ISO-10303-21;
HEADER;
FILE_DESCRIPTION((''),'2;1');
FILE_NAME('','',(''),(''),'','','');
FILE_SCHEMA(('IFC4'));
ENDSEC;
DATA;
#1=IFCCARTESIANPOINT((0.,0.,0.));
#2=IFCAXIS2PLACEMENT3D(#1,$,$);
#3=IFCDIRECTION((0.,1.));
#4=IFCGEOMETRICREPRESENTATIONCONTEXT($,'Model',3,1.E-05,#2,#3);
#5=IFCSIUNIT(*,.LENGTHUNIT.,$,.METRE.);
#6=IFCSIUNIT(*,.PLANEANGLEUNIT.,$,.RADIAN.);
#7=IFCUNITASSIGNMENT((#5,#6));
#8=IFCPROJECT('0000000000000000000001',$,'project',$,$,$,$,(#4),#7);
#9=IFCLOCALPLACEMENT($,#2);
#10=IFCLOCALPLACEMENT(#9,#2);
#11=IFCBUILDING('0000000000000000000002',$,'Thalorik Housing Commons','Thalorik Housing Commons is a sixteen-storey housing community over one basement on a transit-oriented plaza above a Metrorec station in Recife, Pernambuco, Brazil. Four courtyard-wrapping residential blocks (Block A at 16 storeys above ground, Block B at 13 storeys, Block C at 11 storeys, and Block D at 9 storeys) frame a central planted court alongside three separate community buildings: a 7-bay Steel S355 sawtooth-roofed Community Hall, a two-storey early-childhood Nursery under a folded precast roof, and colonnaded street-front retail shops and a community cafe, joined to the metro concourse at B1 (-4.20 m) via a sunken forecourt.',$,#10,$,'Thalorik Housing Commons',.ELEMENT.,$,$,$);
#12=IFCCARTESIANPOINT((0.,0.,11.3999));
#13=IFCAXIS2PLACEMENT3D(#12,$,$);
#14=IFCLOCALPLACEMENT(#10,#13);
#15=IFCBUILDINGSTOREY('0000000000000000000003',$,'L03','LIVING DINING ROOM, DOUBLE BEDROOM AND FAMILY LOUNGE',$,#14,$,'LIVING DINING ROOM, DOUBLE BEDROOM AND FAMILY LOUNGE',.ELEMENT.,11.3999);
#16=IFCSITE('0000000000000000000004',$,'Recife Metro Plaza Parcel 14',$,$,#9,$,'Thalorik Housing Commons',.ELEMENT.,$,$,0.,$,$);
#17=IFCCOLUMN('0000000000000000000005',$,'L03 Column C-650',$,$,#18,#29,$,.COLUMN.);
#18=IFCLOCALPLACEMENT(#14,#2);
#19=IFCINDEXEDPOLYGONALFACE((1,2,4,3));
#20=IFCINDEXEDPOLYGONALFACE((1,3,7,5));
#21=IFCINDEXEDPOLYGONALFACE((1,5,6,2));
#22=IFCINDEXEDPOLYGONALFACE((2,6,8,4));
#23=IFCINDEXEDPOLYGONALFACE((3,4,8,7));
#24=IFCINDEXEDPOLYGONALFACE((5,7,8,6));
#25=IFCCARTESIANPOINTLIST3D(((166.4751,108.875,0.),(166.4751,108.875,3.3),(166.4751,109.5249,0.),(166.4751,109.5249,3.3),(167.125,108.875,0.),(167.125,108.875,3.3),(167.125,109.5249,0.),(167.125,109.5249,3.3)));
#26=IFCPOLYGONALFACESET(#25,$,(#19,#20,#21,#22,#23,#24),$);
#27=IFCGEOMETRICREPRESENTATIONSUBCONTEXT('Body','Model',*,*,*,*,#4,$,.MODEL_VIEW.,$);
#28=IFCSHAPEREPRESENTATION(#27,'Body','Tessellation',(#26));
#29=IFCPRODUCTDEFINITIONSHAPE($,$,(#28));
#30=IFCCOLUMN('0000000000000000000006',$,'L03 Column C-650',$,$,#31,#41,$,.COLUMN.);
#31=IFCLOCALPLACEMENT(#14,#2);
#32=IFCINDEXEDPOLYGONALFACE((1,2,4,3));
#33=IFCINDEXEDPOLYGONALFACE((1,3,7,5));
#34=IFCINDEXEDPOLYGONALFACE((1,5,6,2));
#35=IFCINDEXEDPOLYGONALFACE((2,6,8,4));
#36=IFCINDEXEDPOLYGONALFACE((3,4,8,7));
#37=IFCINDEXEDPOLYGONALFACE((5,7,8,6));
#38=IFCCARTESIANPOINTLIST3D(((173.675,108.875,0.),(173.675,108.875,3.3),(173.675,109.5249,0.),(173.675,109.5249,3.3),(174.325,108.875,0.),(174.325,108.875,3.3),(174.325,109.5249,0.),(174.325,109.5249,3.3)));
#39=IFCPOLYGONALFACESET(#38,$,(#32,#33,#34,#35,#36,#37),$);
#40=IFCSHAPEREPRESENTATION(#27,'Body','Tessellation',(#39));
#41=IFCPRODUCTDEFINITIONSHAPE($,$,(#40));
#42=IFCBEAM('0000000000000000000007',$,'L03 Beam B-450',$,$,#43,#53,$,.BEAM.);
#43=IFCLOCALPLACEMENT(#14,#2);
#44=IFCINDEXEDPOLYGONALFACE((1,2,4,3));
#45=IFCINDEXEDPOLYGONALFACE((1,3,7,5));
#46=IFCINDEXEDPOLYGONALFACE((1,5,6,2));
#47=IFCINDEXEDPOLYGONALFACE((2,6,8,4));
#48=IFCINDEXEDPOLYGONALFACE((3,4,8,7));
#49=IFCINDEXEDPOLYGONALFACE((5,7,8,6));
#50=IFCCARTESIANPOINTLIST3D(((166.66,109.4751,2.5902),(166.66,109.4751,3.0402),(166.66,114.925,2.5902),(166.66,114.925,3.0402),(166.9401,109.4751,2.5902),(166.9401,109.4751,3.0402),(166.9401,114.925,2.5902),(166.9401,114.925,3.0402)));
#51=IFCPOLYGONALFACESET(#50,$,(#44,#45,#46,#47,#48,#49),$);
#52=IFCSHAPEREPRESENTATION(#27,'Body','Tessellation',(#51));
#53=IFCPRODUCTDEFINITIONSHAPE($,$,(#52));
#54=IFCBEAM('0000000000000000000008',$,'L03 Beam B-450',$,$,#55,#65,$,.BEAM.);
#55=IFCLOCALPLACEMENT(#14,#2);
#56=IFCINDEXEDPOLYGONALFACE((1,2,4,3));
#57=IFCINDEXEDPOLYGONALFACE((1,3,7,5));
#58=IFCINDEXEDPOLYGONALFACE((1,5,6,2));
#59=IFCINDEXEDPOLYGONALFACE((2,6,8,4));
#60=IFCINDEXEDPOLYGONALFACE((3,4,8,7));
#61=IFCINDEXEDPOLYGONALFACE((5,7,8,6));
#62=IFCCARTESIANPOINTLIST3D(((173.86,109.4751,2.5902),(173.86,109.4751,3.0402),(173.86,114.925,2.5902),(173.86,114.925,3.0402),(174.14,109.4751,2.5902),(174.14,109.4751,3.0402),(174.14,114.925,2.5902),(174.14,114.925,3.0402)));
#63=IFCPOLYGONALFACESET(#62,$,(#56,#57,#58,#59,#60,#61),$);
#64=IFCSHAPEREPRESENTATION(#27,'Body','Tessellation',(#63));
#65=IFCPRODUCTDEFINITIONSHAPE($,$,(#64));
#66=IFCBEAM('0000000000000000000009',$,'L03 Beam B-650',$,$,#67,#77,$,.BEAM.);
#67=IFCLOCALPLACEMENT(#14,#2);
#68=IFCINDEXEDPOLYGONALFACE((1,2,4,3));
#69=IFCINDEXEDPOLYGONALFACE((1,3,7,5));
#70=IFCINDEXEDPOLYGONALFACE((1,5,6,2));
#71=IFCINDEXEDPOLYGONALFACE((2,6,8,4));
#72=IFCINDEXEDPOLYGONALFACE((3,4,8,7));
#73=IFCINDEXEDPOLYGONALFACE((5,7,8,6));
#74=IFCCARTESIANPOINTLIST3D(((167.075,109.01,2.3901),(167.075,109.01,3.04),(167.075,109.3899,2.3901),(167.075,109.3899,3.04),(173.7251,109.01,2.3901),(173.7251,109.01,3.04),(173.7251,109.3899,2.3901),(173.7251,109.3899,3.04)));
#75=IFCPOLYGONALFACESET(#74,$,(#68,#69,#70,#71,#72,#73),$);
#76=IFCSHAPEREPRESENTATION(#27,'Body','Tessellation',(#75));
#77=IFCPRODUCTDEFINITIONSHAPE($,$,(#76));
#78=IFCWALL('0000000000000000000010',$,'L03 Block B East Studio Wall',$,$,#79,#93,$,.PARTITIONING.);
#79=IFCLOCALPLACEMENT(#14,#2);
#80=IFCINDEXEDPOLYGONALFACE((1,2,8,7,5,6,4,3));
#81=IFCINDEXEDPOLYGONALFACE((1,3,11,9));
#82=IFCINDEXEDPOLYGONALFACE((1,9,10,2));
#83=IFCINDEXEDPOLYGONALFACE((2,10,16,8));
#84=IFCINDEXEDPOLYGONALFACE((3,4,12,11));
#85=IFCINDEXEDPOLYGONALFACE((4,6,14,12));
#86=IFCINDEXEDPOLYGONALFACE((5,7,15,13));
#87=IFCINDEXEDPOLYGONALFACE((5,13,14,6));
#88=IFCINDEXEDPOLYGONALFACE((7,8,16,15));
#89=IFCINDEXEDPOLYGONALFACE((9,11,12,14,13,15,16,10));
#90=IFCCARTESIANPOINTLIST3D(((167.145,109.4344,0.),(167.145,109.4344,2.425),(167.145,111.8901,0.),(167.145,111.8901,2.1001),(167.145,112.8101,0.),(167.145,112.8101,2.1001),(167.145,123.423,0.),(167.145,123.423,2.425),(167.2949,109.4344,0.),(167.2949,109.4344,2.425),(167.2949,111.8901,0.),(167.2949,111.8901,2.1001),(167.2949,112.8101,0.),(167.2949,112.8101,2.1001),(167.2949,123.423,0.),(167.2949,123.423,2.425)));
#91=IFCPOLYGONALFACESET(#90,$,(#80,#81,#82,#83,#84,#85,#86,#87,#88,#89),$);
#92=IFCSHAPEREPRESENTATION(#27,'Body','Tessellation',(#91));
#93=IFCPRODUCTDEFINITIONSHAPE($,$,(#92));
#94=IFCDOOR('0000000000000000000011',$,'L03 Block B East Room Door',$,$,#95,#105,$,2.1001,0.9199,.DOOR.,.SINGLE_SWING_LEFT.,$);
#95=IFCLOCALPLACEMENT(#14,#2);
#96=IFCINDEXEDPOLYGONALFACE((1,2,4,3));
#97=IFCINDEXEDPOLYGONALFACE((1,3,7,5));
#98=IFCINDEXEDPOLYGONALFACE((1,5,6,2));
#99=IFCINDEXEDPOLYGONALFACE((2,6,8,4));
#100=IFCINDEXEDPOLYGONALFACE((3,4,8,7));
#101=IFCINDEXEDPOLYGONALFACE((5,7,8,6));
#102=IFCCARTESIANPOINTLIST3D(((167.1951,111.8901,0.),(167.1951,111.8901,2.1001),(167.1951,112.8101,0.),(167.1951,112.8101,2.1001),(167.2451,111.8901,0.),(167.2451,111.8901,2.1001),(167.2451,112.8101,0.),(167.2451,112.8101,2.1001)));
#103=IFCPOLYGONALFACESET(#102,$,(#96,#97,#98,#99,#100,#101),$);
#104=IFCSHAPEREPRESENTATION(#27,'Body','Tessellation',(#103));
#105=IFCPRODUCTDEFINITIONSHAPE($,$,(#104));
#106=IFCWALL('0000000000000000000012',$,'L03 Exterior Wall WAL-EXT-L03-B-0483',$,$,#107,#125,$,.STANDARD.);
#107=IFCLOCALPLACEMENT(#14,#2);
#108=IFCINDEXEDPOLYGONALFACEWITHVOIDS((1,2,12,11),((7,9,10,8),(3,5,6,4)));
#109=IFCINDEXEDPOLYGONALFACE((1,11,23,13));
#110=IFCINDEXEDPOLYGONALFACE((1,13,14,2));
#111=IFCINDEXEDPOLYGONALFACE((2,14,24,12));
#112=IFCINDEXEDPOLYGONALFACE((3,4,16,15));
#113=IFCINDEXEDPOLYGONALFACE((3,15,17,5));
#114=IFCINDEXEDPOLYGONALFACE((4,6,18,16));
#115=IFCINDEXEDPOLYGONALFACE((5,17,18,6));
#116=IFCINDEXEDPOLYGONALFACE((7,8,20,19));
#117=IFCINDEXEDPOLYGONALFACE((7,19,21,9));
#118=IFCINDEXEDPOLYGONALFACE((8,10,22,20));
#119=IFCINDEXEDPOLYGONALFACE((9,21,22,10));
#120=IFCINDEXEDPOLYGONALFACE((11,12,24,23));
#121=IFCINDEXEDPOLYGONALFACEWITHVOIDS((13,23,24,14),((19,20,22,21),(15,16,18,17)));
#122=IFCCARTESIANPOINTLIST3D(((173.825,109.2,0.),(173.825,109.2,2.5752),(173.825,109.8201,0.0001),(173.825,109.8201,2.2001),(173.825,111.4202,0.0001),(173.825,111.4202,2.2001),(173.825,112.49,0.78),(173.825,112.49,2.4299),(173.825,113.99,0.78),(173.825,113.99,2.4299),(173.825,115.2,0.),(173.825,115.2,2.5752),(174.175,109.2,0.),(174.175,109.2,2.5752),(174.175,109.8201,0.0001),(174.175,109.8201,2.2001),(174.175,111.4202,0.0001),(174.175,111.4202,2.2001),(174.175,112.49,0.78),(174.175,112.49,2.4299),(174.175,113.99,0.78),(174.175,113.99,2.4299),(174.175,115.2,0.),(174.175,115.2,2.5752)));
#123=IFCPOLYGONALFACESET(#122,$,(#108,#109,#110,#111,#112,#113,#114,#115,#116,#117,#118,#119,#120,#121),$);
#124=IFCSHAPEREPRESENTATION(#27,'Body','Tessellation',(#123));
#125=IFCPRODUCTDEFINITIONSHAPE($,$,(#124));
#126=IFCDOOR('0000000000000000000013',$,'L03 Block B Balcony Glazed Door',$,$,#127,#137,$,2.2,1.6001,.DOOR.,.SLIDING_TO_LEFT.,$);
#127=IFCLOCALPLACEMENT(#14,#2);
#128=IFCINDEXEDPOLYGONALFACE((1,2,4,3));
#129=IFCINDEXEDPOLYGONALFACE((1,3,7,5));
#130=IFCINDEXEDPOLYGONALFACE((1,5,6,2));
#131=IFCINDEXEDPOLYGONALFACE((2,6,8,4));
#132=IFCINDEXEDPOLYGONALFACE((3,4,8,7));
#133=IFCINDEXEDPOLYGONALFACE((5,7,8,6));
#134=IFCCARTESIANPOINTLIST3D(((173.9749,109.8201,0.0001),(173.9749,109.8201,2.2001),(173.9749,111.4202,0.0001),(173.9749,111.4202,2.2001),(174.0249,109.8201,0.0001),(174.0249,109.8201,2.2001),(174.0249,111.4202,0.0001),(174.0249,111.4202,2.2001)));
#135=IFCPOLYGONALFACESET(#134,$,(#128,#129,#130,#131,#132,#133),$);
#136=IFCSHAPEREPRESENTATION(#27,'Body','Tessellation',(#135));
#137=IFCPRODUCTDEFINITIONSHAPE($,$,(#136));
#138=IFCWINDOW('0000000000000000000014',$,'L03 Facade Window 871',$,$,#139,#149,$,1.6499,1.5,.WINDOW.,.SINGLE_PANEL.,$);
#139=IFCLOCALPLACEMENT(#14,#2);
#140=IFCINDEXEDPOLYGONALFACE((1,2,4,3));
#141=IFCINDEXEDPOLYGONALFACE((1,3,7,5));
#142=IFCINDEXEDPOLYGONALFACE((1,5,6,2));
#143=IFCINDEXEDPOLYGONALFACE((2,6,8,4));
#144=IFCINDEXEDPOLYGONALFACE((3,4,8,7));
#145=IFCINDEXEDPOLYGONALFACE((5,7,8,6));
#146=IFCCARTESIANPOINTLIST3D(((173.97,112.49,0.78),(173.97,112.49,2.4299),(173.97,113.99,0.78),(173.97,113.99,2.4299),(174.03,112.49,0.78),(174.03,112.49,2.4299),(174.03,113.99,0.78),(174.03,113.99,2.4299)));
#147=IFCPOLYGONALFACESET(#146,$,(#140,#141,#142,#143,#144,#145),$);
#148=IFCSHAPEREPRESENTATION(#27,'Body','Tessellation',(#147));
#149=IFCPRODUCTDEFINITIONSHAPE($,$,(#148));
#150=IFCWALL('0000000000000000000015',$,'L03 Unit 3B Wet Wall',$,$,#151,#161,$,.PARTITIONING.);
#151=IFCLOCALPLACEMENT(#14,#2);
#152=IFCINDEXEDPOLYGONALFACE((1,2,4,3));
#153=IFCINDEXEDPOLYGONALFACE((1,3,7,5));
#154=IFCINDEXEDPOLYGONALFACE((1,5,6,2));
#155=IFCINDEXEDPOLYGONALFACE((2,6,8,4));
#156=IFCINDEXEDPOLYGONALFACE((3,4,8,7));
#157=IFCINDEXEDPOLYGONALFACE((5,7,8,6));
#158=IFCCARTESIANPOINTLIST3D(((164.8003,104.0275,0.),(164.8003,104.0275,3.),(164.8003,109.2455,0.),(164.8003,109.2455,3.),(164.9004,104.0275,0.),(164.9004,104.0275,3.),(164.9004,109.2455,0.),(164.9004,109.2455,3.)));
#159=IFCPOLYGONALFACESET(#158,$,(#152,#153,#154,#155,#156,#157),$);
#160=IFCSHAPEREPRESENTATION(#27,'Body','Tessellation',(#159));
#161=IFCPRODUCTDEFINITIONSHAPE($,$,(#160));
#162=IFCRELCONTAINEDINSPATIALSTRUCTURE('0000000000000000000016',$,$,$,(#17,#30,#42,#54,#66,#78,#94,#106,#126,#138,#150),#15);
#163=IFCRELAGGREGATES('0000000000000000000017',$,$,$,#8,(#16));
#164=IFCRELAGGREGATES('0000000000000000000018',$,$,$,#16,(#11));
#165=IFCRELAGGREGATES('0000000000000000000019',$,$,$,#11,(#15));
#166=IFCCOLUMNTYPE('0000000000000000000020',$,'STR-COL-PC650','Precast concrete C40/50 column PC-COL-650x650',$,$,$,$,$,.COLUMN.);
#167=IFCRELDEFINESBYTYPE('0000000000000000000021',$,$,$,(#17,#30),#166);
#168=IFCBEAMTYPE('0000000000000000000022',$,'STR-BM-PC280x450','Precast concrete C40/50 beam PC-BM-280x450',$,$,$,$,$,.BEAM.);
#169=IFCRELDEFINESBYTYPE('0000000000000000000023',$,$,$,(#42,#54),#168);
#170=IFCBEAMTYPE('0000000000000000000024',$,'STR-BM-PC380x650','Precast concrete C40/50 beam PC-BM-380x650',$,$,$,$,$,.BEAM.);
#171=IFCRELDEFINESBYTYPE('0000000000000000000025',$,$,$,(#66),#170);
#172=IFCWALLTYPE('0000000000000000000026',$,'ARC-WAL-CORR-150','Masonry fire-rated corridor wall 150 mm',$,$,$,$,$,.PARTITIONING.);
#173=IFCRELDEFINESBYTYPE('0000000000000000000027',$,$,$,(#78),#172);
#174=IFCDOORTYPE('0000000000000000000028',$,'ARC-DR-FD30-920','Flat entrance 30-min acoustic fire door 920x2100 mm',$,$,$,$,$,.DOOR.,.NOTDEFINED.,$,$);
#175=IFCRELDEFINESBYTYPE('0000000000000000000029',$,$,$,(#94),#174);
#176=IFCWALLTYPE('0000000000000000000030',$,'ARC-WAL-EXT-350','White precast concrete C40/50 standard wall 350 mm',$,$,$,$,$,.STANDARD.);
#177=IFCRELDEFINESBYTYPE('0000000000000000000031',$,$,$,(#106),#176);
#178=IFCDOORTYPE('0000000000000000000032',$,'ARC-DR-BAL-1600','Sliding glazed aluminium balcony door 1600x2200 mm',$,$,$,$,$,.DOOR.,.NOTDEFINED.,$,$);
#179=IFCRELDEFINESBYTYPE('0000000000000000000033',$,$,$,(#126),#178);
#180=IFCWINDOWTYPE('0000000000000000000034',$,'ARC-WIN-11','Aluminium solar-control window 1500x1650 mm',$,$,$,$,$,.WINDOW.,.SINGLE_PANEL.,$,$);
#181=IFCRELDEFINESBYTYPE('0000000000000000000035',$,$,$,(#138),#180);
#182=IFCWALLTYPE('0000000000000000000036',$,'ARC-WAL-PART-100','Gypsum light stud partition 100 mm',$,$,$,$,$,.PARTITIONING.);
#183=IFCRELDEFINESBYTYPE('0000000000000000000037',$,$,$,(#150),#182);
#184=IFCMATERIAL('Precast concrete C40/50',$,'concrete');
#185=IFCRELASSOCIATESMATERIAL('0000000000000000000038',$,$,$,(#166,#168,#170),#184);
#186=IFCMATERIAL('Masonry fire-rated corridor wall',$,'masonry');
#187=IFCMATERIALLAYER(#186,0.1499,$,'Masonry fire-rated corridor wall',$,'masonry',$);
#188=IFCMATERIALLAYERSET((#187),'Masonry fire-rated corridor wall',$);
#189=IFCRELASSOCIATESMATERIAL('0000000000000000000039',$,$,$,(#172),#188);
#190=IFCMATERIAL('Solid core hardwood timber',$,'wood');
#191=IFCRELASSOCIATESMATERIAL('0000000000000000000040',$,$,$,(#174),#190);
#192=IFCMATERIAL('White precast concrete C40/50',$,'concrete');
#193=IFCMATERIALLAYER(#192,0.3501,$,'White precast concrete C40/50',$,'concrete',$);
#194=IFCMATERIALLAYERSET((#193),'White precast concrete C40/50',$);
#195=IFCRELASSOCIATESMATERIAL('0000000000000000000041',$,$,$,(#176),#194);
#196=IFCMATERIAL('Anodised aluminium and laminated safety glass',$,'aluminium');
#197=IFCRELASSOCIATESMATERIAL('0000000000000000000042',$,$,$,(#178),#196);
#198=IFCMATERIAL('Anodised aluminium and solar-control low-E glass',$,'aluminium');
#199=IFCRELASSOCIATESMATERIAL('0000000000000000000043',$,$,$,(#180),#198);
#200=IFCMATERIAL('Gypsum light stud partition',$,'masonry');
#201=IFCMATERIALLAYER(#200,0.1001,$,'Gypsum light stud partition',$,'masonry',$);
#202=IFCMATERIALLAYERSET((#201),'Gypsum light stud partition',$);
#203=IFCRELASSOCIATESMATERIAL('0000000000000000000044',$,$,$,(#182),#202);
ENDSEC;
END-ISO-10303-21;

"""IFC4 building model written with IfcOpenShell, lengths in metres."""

from ifc_helpers import new_model, si_unit, direction, frame, frame_2d, origin, origin_2d, place, context, subcontext, project, spatial, rectangle, extrude, material, layer, layer_set, material_profile, profile_set, type_object, element, fill, save


model = new_model("IFC4")

# Units and contexts
model_context = context("Model", 3, precision=1e-05, world=origin(), true_north=direction((0.0, 1.0)))
body_context = subcontext(model_context, "Body", "Model", "MODEL_VIEW")
ifc_project = project(units=[si_unit("LENGTHUNIT", "METRE"), si_unit("PLANEANGLEUNIT", "RADIAN")], contexts=[model_context])

# Site, building, storey
site_placement = place(None, origin())
site = spatial("IfcSite", under=ifc_project, at=site_placement, Name="Recife Metro Plaza Parcel 14", LongName="Thalorik Housing Commons", CompositionType="ELEMENT", RefElevation=0.0)
building_placement = place(site_placement, origin())
building = spatial("IfcBuilding", under=site, at=building_placement, Name="Thalorik Housing Commons", Description="Thalorik Housing Commons is a sixteen-storey housing community over one basement on a transit-oriented plaza above a Metrorec station in Recife, Pernambuco, Brazil. Four courtyard-wrapping residential blocks (Block A at 16 storeys above ground, Block B at 13 storeys, Block C at 11 storeys, and Block D at 9 storeys) frame a central planted court alongside three separate community buildings: a 7-bay Steel S355 sawtooth-roofed Community Hall, a two-storey early-childhood Nursery under a folded precast roof, and colonnaded street-front retail shops and a community cafe, joined to the metro concourse at B1 (-4.20 m) via a sunken forecourt.", LongName="Thalorik Housing Commons", CompositionType="ELEMENT")
storey_placement = place(building_placement, frame((0.0, 0.0, 11.3999)))
storey = spatial("IfcBuildingStorey", under=building, at=storey_placement, Name="L03", Description="LIVING DINING ROOM, DOUBLE BEDROOM AND FAMILY LOUNGE", LongName="LIVING DINING ROOM, DOUBLE BEDROOM AND FAMILY LOUNGE", CompositionType="ELEMENT", Elevation=11.3999)

# Columns
ifc_material_1 = material(Name="Precast concrete C40/50", Category="concrete")
ifc_material_profile_1 = material_profile(ifc_material_1, rectangle(XDim=0.6499, YDim=0.6499, at=origin_2d()), Name="PC 650x650", Category="concrete")
ifc_profile_set_1 = profile_set([ifc_material_profile_1], Name="Precast concrete C40/50")
column_type = type_object("IfcColumnType", Name="STR-COL-PC650", Description="Precast concrete C40/50 column PC-COL-650x650", PredefinedType="COLUMN", material=ifc_profile_set_1)
for number, where, z_axis, x_axis, name in (
    (1, (166.8, 109.2, 0.0), (0.0, 0.0, 1.0), (1.0, 0.0, 0.0), "L03 Column C-650"),
    (2, (174.0, 109.2, 0.0), (0.0, 0.0, 1.0), (1.0, 0.0, 0.0), "L03 Column C-650"),
):
    element("IfcColumn", number, at=place(storey_placement, frame(where, z_axis=z_axis, x_axis=x_axis)), inside=storey, type_object=column_type, Name=name, PredefinedType="COLUMN", context=body_context, shape_type="SweptSolid", body=[
        extrude(rectangle(XDim=0.6499, YDim=0.6499, at=origin_2d()), origin(), (0.0, 0.0, 1.0), 3.3),
    ])

# Beams
ifc_material_profile_2 = material_profile(ifc_material_1, rectangle(XDim=0.28, YDim=0.45, at=origin_2d()), Name="PC 280x450", Category="concrete")
ifc_profile_set_2 = profile_set([ifc_material_profile_2], Name="Precast concrete C40/50")
beam_type_1 = type_object("IfcBeamType", Name="STR-BM-PC280x450", Description="Precast concrete C40/50 beam PC-BM-280x450", PredefinedType="BEAM", material=ifc_profile_set_2)
for number, where, z_axis, x_axis, name in (
    (3, (166.8, 109.4751, 2.8152), (0.0, 1.0, 0.0), (-1.0, 0.0, 0.0), "L03 Beam B-450"),
    (4, (174.0, 109.4751, 2.8152), (0.0, 1.0, 0.0), (-1.0, 0.0, 0.0), "L03 Beam B-450"),
):
    element("IfcBeam", number, at=place(storey_placement, frame(where, z_axis=z_axis, x_axis=x_axis)), inside=storey, type_object=beam_type_1, Name=name, PredefinedType="BEAM", context=body_context, shape_type="SweptSolid", body=[
        extrude(rectangle(XDim=0.28, YDim=0.45, at=origin_2d()), origin(), (0.0, 0.0, 1.0), 5.45),
    ])
ifc_material_profile_3 = material_profile(ifc_material_1, rectangle(XDim=0.3799, YDim=0.6499, at=origin_2d()), Name="PC 380x650", Category="concrete")
ifc_profile_set_3 = profile_set([ifc_material_profile_3], Name="Precast concrete C40/50")
beam_type_2 = type_object("IfcBeamType", Name="STR-BM-PC380x650", Description="Precast concrete C40/50 beam PC-BM-380x650", PredefinedType="BEAM", material=ifc_profile_set_3)
beam_placement = place(storey_placement, frame((167.075, 109.2, 2.7151), z_axis=(1.0, 0.0, 0.0), x_axis=(0.0, 1.0, 0.0)))
element("IfcBeam", 5, at=beam_placement, inside=storey, type_object=beam_type_2, Name="L03 Beam B-650", PredefinedType="BEAM", context=body_context, shape_type="SweptSolid", body=[
    extrude(rectangle(XDim=0.3799, YDim=0.6499, at=origin_2d()), origin(), (0.0, 0.0, 1.0), 6.6501),
])

# Wall, opening, door
ifc_material_2 = material(Name="Masonry fire-rated corridor wall", Category="masonry")
ifc_layer_1 = layer(ifc_material_2, 0.1499, Name="Masonry fire-rated corridor wall", Category="masonry")
ifc_layer_set_1 = layer_set([ifc_layer_1], Name="Masonry fire-rated corridor wall")
wall_type_1 = type_object("IfcWallType", Name="ARC-WAL-CORR-150", Description="Masonry fire-rated corridor wall 150 mm", PredefinedType="PARTITIONING", material=ifc_layer_set_1)
wall_1_placement = place(storey_placement, frame((167.22, 109.4346, 0.0), z_axis=(0.0, 0.0, 1.0), x_axis=(0.0, 1.0, 0.0)))
wall_1 = element("IfcWall", 6, at=wall_1_placement, inside=storey, type_object=wall_type_1, Name="L03 Block B East Studio Wall", PredefinedType="PARTITIONING", context=body_context, shape_type="SweptSolid", body=[
    extrude(rectangle(XDim=13.9885, YDim=0.1499, at=frame_2d((6.9941, 0.0))), origin(), (0.0, 0.0, 1.0), 2.425),
])
opening_1_placement = place(wall_1_placement, frame((2.4556, 0.0, 0.0)))
opening_1 = element("IfcOpeningElement", 7, at=opening_1_placement, cuts=wall_1, PredefinedType="OPENING", context=body_context, shape_type="SweptSolid", body=[
    extrude(rectangle(XDim=0.9199, YDim=2.1001, at=frame_2d((0.46, 1.05))), frame((0.0, 0.085, 0.0), z_axis=(0.0, -1.0, 0.0), x_axis=(1.0, 0.0, 0.0)), (0.0, 0.0, 1.0), 0.1699),
])
ifc_material_3 = material(Name="Solid core hardwood timber", Category="wood")
door_type_1 = type_object("IfcDoorType", Name="ARC-DR-FD30-920", Description="Flat entrance 30-min acoustic fire door 920x2100 mm", OperationType="NOTDEFINED", PredefinedType="DOOR", material=ifc_material_3)
door_1_placement = place(opening_1_placement, origin())
door_1 = element("IfcDoor", 8, at=door_1_placement, inside=storey, type_object=door_type_1, Name="L03 Block B East Room Door", OperationType="SINGLE_SWING_LEFT", OverallHeight=2.1001, OverallWidth=0.9199, PredefinedType="DOOR", context=body_context, shape_type="SweptSolid", body=[
    extrude(rectangle(XDim=0.9199, YDim=2.1001, at=frame_2d((0.46, 1.05))), frame((0.0, 0.0249, 0.0), z_axis=(0.0, -1.0, 0.0), x_axis=(1.0, 0.0, 0.0)), (0.0, 0.0, 1.0), 0.05),
])
fill(opening_1, door_1)

# Wall, openings, door, window
ifc_material_4 = material(Name="White precast concrete C40/50", Category="concrete")
ifc_layer_2 = layer(ifc_material_4, 0.3501, Name="White precast concrete C40/50", Category="concrete")
ifc_layer_set_2 = layer_set([ifc_layer_2], Name="White precast concrete C40/50")
wall_type_2 = type_object("IfcWallType", Name="ARC-WAL-EXT-350", Description="White precast concrete C40/50 standard wall 350 mm", PredefinedType="STANDARD", material=ifc_layer_set_2)
wall_2_placement = place(storey_placement, frame((174.0, 109.2, 0.0), z_axis=(0.0, 0.0, 1.0), x_axis=(0.0, 1.0, 0.0)))
wall_2 = element("IfcWall", 9, at=wall_2_placement, inside=storey, type_object=wall_type_2, Name="L03 Exterior Wall WAL-EXT-L03-B-0483", PredefinedType="STANDARD", context=body_context, shape_type="SweptSolid", body=[
    extrude(rectangle(XDim=6.0, YDim=0.3501, at=frame_2d((3.0, 0.0))), origin(), (0.0, 0.0, 1.0), 2.5752),
])
opening_2_placement = place(wall_2_placement, frame((0.6201, 0.0, 0.0)))
opening_2 = element("IfcOpeningElement", 10, at=opening_2_placement, cuts=wall_2, PredefinedType="OPENING", context=body_context, shape_type="SweptSolid", body=[
    extrude(rectangle(XDim=1.6001, YDim=2.2, at=frame_2d((0.8, 1.1001))), frame((0.0, 0.1851, 0.0), z_axis=(0.0, -1.0, 0.0), x_axis=(1.0, 0.0, 0.0)), (0.0, 0.0, 1.0), 0.3701),
])
opening_3_placement = place(wall_2_placement, frame((3.29, 0.0, 0.78)))
opening_3 = element("IfcOpeningElement", 11, at=opening_3_placement, cuts=wall_2, PredefinedType="OPENING", context=body_context, shape_type="SweptSolid", body=[
    extrude(rectangle(XDim=1.5, YDim=1.6499, at=frame_2d((0.75, 0.825))), frame((0.0, 0.1851, 0.0), z_axis=(0.0, -1.0, 0.0), x_axis=(1.0, 0.0, 0.0)), (0.0, 0.0, 1.0), 0.3701),
])
ifc_material_5 = material(Name="Anodised aluminium and laminated safety glass", Category="aluminium")
door_type_2 = type_object("IfcDoorType", Name="ARC-DR-BAL-1600", Description="Sliding glazed aluminium balcony door 1600x2200 mm", OperationType="NOTDEFINED", PredefinedType="DOOR", material=ifc_material_5)
door_2_placement = place(opening_2_placement, frame((1.6001, 0.0, 0.0), z_axis=(0.0, 0.0, 1.0), x_axis=(-1.0, 0.0, 0.0)))
door_2 = element("IfcDoor", 12, at=door_2_placement, inside=storey, type_object=door_type_2, Name="L03 Block B Balcony Glazed Door", OperationType="SLIDING_TO_LEFT", OverallHeight=2.2, OverallWidth=1.6001, PredefinedType="DOOR", context=body_context, shape_type="SweptSolid", body=[
    extrude(rectangle(XDim=1.6001, YDim=2.2, at=frame_2d((0.8, 1.1001))), frame((0.0, 0.0249, 0.0), z_axis=(0.0, -1.0, 0.0), x_axis=(1.0, 0.0, 0.0)), (0.0, 0.0, 1.0), 0.05),
])
fill(opening_2, door_2)
ifc_material_6 = material(Name="Anodised aluminium and solar-control low-E glass", Category="aluminium")
window_type = type_object("IfcWindowType", Name="ARC-WIN-11", Description="Aluminium solar-control window 1500x1650 mm", PartitioningType="SINGLE_PANEL", PredefinedType="WINDOW", material=ifc_material_6)
window_placement = place(opening_3_placement, origin())
window = element("IfcWindow", 13, at=window_placement, inside=storey, type_object=window_type, Name="L03 Facade Window 871", OverallHeight=1.6499, OverallWidth=1.5, PartitioningType="SINGLE_PANEL", PredefinedType="WINDOW", context=body_context, shape_type="SweptSolid", body=[
    extrude(rectangle(XDim=1.5, YDim=1.6499, at=frame_2d((0.75, 0.825))), frame((0.0, 0.03, 0.0), z_axis=(0.0, -1.0, 0.0), x_axis=(1.0, 0.0, 0.0)), (0.0, 0.0, 1.0), 0.0601),
])
fill(opening_3, window)

# Wall
ifc_material_7 = material(Name="Gypsum light stud partition", Category="masonry")
ifc_layer_3 = layer(ifc_material_7, 0.1001, Name="Gypsum light stud partition", Category="masonry")
ifc_layer_set_3 = layer_set([ifc_layer_3], Name="Gypsum light stud partition")
wall_type_3 = type_object("IfcWallType", Name="ARC-WAL-PART-100", Description="Gypsum light stud partition 100 mm", PredefinedType="PARTITIONING", material=ifc_layer_set_3)
wall_3_placement = place(storey_placement, frame((164.8503, 104.0276, 0.0), z_axis=(0.0, 0.0, 1.0), x_axis=(0.0, 1.0, 0.0)))
element("IfcWall", 14, at=wall_3_placement, inside=storey, type_object=wall_type_3, Name="L03 Unit 3B Wet Wall", PredefinedType="PARTITIONING", context=body_context, shape_type="SweptSolid", body=[
    extrude(rectangle(XDim=5.218, YDim=0.1001, at=frame_2d((2.6089, 0.0))), origin(), (0.0, 0.0, 1.0), 3.0),
])

save(model, "model.ifc")
